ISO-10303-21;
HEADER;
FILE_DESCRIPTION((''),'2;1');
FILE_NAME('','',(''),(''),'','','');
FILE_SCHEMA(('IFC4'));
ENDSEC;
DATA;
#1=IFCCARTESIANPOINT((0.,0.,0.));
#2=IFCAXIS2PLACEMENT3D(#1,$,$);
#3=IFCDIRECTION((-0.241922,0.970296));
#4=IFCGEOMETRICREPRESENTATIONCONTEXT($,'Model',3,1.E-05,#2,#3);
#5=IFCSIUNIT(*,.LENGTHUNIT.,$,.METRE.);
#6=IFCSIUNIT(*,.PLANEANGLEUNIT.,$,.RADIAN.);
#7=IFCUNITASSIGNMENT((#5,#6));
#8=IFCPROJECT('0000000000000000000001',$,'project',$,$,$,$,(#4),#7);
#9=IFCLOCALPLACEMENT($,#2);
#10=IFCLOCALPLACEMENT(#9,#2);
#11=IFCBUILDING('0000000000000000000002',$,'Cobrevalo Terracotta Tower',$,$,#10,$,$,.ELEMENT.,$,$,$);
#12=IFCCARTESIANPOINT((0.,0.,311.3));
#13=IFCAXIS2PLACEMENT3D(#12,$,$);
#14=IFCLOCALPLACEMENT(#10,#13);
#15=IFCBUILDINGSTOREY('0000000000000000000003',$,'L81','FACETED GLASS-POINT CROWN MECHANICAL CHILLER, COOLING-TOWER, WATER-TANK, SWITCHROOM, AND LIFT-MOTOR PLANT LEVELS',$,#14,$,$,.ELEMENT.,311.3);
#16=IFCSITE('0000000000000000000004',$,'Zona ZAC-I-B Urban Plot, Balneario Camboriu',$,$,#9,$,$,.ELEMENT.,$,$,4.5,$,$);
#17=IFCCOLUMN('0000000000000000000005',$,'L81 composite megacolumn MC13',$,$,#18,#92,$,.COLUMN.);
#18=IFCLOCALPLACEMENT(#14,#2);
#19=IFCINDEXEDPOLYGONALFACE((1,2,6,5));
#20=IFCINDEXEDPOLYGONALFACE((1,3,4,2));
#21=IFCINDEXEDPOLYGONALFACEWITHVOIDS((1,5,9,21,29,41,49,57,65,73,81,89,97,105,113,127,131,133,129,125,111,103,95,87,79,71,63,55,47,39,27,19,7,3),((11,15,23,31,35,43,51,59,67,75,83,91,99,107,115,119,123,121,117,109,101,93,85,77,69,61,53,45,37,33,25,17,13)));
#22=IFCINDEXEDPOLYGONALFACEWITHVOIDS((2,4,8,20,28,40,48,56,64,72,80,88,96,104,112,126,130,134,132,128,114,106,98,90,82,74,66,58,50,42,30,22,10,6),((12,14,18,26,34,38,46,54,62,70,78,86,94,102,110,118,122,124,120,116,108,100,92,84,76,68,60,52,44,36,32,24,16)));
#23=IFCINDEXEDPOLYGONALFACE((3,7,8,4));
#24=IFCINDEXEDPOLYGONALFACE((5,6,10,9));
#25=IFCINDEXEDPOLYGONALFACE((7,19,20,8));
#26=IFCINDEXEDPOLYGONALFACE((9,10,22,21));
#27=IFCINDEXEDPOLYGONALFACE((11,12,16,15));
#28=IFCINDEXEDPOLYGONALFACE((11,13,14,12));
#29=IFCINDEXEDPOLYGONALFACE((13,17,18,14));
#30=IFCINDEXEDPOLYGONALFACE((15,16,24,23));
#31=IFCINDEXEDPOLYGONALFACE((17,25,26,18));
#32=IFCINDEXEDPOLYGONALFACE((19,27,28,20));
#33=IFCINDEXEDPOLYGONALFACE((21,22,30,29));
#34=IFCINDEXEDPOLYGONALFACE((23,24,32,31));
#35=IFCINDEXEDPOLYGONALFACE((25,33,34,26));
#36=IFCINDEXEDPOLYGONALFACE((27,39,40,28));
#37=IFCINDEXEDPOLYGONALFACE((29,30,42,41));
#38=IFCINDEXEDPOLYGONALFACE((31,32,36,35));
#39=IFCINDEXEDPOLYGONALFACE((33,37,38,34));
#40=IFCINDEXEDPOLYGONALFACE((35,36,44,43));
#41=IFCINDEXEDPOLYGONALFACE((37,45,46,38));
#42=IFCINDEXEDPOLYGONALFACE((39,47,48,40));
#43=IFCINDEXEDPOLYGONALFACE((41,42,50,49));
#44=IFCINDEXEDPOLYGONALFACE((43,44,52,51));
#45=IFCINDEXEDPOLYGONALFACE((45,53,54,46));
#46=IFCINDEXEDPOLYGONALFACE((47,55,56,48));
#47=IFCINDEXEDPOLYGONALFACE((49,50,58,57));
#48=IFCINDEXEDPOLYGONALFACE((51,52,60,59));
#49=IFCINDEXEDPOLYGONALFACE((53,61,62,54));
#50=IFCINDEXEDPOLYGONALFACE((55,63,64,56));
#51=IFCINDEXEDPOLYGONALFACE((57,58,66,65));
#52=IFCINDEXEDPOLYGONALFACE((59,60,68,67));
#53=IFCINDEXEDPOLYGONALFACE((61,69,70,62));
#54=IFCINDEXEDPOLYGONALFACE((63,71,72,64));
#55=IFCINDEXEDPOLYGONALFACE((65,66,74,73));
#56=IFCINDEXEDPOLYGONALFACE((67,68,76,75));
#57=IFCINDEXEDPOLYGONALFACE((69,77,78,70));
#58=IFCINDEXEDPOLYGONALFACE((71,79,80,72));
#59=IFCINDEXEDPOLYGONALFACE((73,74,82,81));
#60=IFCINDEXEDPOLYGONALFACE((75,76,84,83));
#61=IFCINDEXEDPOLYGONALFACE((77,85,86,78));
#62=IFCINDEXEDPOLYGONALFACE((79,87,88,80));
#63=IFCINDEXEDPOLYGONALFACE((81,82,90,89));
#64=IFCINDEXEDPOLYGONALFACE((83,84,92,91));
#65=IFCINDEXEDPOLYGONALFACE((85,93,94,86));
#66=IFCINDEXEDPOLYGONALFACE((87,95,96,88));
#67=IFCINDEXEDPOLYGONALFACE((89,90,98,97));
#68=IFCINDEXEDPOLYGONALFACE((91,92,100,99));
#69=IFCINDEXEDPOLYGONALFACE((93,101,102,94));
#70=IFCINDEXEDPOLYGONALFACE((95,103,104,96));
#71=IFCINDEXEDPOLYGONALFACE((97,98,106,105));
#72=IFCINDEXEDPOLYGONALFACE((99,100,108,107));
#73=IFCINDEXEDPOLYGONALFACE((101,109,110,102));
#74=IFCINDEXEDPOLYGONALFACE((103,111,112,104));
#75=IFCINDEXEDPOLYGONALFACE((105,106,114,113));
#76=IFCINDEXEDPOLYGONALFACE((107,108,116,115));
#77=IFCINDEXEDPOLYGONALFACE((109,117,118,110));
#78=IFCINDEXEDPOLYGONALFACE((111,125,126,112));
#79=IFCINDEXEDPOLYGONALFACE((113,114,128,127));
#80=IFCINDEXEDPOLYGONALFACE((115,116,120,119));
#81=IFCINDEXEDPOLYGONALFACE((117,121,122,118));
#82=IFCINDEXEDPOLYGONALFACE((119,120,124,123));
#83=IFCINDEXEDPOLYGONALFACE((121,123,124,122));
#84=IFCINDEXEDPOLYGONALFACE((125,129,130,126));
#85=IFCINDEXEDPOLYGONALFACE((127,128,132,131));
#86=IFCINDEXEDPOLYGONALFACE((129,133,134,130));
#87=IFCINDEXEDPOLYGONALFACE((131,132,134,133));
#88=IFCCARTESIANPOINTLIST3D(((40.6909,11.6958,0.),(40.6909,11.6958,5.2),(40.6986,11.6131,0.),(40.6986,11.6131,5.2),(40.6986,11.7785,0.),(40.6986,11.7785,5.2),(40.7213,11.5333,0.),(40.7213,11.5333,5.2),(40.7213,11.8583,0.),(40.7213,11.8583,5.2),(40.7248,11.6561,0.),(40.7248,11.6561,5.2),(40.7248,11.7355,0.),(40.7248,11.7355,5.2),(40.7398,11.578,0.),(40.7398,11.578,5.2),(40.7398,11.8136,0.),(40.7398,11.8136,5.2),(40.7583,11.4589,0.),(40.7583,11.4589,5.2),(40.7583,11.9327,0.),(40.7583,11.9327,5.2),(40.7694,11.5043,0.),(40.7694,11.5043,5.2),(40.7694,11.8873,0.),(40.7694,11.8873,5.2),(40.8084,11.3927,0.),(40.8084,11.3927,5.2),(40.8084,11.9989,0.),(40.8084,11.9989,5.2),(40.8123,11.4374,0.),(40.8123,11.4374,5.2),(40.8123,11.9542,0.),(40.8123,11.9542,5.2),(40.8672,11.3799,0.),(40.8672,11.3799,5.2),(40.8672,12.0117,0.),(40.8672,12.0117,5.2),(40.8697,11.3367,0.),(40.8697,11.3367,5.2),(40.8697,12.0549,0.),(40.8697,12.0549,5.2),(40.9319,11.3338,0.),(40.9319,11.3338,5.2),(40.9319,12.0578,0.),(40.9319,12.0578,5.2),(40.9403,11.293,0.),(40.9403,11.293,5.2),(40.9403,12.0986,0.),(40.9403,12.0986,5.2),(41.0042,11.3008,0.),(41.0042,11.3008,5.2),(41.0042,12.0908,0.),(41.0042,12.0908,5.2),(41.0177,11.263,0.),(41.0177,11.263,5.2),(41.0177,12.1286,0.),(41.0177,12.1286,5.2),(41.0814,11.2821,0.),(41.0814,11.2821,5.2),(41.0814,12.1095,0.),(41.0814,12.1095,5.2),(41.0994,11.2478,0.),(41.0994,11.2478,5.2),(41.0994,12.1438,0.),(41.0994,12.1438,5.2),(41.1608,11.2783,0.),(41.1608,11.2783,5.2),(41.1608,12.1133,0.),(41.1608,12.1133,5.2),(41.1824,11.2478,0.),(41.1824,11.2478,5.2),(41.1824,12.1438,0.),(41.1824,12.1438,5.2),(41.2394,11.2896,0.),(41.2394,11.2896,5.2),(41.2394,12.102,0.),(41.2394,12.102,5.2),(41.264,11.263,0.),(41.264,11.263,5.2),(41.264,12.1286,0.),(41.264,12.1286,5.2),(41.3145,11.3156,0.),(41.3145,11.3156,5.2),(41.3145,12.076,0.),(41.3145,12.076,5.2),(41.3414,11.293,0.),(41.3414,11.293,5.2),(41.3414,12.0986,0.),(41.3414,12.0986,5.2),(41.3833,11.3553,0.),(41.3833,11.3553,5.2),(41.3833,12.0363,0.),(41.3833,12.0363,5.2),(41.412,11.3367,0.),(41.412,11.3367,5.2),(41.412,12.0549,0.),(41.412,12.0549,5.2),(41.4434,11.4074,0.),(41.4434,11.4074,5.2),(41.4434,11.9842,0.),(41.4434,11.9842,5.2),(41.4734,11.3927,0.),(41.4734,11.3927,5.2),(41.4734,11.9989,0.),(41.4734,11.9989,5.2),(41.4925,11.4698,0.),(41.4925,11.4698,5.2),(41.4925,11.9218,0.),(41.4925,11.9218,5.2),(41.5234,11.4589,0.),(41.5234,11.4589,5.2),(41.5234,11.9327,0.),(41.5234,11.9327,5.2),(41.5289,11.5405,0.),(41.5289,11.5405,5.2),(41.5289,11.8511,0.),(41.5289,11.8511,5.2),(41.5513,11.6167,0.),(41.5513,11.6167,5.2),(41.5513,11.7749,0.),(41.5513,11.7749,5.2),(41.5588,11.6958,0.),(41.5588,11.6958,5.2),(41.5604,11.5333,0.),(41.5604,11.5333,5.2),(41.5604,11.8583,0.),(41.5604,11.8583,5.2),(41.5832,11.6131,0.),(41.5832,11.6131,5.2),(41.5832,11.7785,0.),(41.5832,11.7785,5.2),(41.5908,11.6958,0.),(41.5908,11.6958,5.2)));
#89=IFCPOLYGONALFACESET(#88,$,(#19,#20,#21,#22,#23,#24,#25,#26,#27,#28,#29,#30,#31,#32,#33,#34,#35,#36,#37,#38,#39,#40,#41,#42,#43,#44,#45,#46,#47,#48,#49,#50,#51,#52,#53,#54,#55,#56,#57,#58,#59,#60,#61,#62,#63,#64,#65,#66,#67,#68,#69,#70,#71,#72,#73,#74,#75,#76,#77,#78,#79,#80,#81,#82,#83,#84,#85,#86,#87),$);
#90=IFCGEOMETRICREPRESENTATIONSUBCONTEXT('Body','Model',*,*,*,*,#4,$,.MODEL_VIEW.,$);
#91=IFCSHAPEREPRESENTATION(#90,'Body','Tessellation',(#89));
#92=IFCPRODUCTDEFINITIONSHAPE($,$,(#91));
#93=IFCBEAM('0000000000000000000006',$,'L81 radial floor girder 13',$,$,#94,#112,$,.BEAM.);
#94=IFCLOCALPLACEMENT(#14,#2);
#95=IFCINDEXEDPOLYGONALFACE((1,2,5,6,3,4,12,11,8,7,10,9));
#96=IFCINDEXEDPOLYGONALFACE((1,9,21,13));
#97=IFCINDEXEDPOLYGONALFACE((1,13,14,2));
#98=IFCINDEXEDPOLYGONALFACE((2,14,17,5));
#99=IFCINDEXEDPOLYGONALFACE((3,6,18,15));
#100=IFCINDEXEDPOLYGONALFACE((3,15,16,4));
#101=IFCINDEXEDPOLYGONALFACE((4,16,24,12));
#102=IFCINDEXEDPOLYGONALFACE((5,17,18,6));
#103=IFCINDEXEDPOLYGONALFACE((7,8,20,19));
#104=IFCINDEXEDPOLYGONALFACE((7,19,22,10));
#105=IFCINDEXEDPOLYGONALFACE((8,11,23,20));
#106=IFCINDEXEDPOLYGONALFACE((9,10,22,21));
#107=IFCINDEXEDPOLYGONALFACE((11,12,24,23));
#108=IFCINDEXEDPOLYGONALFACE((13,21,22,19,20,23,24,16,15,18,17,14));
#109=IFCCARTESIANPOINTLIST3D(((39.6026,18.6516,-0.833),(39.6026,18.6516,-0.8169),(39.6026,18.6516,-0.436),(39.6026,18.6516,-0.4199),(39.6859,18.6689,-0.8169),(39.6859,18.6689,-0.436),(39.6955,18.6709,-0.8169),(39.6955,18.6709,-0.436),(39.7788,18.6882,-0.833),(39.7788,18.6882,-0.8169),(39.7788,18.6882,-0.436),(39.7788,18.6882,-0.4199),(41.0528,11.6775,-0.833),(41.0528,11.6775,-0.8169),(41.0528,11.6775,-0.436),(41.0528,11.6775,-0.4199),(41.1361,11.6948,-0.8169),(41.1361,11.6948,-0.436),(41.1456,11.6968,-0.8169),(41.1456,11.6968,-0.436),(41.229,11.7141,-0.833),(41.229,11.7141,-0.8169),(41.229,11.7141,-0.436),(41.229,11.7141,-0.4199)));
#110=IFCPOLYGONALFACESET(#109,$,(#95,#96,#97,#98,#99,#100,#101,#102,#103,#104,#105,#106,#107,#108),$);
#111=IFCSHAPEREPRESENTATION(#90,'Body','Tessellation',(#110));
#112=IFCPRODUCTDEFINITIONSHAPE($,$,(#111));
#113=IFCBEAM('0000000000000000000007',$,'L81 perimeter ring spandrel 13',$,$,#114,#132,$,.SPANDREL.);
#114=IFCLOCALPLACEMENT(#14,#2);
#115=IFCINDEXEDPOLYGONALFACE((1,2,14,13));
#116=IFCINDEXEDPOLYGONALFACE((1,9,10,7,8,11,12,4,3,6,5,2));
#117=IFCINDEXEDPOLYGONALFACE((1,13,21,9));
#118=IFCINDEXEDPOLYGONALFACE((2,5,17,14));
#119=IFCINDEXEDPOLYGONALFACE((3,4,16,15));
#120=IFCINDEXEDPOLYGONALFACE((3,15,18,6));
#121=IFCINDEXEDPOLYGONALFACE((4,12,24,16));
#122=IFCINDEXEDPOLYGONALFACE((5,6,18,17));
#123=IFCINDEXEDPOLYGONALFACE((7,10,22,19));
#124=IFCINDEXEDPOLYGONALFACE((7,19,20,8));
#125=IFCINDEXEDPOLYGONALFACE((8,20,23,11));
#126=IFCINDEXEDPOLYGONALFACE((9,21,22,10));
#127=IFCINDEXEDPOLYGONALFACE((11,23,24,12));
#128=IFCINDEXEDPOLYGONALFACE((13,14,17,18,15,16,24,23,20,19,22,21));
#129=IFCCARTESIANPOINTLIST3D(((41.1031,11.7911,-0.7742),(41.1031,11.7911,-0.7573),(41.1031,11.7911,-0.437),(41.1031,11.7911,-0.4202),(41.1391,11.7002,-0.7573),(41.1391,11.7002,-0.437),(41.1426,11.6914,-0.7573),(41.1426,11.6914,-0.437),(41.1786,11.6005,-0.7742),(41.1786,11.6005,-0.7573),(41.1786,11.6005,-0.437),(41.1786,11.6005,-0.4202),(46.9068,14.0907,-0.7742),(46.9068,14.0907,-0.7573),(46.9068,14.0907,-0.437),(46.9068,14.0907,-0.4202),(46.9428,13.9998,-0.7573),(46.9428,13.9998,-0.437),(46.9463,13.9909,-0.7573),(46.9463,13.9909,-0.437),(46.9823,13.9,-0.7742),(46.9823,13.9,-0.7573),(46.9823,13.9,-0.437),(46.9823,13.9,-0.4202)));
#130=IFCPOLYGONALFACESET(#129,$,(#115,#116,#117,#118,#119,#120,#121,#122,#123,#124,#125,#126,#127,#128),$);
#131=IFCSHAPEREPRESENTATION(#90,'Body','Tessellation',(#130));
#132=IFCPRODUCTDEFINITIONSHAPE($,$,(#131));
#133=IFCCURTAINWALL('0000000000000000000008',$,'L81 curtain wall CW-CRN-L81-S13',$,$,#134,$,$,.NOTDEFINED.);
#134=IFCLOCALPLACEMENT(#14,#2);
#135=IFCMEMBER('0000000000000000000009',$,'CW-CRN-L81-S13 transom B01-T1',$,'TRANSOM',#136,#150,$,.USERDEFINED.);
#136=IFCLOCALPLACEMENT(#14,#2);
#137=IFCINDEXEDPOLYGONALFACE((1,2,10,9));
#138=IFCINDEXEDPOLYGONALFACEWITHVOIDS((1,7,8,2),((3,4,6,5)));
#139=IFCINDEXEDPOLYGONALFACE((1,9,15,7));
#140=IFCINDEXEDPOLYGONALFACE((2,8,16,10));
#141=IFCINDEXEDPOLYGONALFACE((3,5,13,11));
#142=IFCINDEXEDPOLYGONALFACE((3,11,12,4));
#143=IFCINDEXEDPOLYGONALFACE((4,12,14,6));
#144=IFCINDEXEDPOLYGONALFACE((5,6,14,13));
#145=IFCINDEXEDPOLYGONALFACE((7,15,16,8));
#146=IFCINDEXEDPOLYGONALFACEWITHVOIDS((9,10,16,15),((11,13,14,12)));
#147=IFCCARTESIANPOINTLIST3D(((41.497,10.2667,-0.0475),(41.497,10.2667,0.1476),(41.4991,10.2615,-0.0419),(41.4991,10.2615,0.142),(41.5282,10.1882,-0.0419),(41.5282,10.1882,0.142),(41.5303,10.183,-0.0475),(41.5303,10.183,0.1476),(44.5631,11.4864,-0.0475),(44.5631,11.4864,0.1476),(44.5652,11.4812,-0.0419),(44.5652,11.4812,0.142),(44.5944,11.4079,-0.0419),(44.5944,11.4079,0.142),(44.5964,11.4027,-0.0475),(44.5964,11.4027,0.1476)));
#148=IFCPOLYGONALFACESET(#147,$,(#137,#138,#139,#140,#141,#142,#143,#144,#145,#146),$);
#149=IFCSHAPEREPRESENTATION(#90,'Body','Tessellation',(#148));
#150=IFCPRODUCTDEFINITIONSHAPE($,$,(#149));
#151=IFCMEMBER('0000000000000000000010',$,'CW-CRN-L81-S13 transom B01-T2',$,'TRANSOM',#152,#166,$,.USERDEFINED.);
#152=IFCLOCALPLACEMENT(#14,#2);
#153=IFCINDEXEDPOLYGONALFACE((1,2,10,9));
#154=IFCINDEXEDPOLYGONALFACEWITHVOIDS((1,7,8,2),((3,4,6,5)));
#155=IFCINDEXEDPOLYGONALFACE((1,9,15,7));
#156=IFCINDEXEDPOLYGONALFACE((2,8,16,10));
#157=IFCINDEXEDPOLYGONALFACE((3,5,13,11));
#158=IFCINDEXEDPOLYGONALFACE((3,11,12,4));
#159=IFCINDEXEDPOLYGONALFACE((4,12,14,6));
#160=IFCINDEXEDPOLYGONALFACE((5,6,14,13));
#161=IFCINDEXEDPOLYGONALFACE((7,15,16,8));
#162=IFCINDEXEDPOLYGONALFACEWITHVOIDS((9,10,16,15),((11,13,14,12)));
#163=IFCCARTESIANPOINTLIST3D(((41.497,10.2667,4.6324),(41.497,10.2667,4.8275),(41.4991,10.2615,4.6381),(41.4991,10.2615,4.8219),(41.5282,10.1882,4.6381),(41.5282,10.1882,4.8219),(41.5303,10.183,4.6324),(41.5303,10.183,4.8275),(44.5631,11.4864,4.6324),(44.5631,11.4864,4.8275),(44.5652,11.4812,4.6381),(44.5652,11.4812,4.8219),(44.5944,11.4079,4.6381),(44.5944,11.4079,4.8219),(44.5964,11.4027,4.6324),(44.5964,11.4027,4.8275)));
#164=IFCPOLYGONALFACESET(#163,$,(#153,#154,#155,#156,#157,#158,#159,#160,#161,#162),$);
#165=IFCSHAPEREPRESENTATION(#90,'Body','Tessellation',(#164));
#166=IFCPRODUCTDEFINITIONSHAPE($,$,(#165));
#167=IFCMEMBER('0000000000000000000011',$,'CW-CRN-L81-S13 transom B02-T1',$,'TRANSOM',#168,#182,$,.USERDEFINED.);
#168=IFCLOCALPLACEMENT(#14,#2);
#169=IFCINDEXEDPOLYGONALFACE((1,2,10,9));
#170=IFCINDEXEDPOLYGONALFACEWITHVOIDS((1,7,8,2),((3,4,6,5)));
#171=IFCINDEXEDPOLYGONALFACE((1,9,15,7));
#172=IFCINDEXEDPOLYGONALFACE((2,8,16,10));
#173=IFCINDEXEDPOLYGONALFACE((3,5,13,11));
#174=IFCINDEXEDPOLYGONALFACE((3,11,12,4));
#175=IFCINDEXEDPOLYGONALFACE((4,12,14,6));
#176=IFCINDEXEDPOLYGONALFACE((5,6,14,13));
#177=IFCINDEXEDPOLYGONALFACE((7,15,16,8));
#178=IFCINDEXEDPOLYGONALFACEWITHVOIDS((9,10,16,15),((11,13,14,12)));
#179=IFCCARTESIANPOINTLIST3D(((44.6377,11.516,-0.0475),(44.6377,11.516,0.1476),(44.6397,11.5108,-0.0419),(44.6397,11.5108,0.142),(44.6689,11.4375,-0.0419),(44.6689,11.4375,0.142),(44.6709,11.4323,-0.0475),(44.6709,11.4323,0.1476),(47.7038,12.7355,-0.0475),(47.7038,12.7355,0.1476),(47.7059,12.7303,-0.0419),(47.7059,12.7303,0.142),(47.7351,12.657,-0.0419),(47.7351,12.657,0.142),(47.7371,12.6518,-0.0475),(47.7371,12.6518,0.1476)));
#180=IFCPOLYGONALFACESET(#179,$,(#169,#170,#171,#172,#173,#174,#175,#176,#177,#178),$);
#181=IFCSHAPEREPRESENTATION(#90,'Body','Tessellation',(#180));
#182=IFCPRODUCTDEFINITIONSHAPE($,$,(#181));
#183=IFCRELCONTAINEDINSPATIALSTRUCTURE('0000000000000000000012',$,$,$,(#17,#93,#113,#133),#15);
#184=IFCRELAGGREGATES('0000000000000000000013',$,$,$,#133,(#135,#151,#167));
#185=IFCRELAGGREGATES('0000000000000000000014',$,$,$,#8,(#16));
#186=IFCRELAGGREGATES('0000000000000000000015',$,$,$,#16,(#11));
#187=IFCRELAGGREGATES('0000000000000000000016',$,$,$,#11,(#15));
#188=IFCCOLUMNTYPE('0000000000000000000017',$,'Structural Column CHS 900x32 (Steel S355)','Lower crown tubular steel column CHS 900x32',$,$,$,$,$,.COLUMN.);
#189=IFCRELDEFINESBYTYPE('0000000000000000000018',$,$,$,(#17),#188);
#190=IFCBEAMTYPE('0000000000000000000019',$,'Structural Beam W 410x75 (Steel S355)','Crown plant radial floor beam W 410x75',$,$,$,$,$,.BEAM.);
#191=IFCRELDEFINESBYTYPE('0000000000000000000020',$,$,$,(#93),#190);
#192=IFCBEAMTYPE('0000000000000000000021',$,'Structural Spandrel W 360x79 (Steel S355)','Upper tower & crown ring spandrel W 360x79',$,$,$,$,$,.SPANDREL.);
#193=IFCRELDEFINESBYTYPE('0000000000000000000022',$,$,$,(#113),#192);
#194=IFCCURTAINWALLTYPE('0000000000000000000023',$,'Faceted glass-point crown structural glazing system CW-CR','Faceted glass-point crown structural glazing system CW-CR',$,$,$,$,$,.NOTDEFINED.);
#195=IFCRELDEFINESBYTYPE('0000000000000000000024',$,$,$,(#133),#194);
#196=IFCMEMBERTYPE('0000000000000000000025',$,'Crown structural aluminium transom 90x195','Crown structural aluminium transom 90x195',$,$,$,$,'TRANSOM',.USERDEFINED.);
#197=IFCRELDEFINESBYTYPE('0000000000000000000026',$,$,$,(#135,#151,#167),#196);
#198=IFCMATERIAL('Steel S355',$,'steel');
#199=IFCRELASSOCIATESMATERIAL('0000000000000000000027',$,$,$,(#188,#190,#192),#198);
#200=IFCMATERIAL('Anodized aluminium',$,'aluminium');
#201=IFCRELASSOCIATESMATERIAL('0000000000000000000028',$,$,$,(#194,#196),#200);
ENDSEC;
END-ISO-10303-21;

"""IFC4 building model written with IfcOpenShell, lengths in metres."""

from ifc_helpers import new_model, si_unit, direction, frame, origin, origin_2d, place, context, subcontext, project, spatial, hollow_rectangle, hollow_circle, i_section, extrude, source, transform, mapped, material, material_profile, profile_set, type_object, element, aggregate, save


model = new_model("IFC4")

# Units and contexts
model_context = context("Model", 3, precision=1e-05, world=origin(), true_north=direction((-0.241922, 0.970296)))
body_context = subcontext(model_context, "Body", "Model", "MODEL_VIEW")
ifc_project = project(units=[si_unit("LENGTHUNIT", "METRE"), si_unit("PLANEANGLEUNIT", "RADIAN")], contexts=[model_context])

# Site, building, storey
site_placement = place(None, origin())
site = spatial("IfcSite", under=ifc_project, at=site_placement, Name="Zona ZAC-I-B Urban Plot, Balneario Camboriu", CompositionType="ELEMENT", RefElevation=4.5)
building_placement = place(site_placement, origin())
building = spatial("IfcBuilding", under=site, at=building_placement, Name="Cobrevalo Terracotta Tower", CompositionType="ELEMENT")
storey_placement = place(building_placement, frame((0.0, 0.0, 311.3)))
storey = spatial("IfcBuildingStorey", under=building, at=storey_placement, Name="L81", Description="FACETED GLASS-POINT CROWN MECHANICAL CHILLER, COOLING-TOWER, WATER-TANK, SWITCHROOM, AND LIFT-MOTOR PLANT LEVELS", CompositionType="ELEMENT", Elevation=311.3)

# Column
ifc_material_1 = material(Name="Steel S355", Category="steel")
ifc_material_profile_1 = material_profile(ifc_material_1, hollow_circle(Radius=0.45, WallThickness=0.032, at=origin_2d()), Name="CHS 900x32")
ifc_profile_set_1 = profile_set([ifc_material_profile_1], Name="Steel S355")
column_type = type_object("IfcColumnType", Name="Structural Column CHS 900x32 (Steel S355)", Description="Lower crown tubular steel column CHS 900x32", PredefinedType="COLUMN", material=ifc_profile_set_1)
column_placement = place(storey_placement, frame((41.1409, 11.6958, 0.0), z_axis=(0.0, 0.0, 1.0), x_axis=(1.0, 0.0, 0.0)))
element("IfcColumn", 1, at=column_placement, inside=storey, type_object=column_type, Name="L81 composite megacolumn MC13", PredefinedType="COLUMN", context=body_context, shape_type="SweptSolid", body=[
    extrude(hollow_circle(Radius=0.45, WallThickness=0.032, at=origin_2d()), origin(), (0.0, 0.0, 1.0), 5.2),
])

# Beams
ifc_material_profile_2 = material_profile(ifc_material_1, i_section(OverallWidth=0.1799, OverallDepth=0.4131, WebThickness=0.0098, FlangeThickness=0.0161, at=origin_2d()), Name="W 410x75")
ifc_profile_set_2 = profile_set([ifc_material_profile_2], Name="Steel S355")
beam_type_1 = type_object("IfcBeamType", Name="Structural Beam W 410x75 (Steel S355)", Description="Crown plant radial floor beam W 410x75", PredefinedType="BEAM", material=ifc_profile_set_2)
beam_1_placement = place(storey_placement, frame((41.1409, 11.6958, -0.6265), z_axis=(-0.203585, 0.979057, 0.0), x_axis=(-0.979057, -0.203585, 0.0)))
element("IfcBeam", 2, at=beam_1_placement, inside=storey, type_object=beam_type_1, Name="L81 radial floor girder 13", PredefinedType="BEAM", context=body_context, shape_type="SweptSolid", body=[
    extrude(i_section(OverallWidth=0.1799, OverallDepth=0.4131, WebThickness=0.0098, FlangeThickness=0.0161, at=origin_2d()), origin(), (0.0, 0.0, 1.0), 7.1233),
])
ifc_material_profile_3 = material_profile(ifc_material_1, i_section(OverallWidth=0.2051, OverallDepth=0.354, WebThickness=0.0095, FlangeThickness=0.0168, at=origin_2d()), Name="W 360x79")
ifc_profile_set_3 = profile_set([ifc_material_profile_3], Name="Steel S355")
beam_type_2 = type_object("IfcBeamType", Name="Structural Spandrel W 360x79 (Steel S355)", Description="Upper tower & crown ring spandrel W 360x79", PredefinedType="SPANDREL", material=ifc_profile_set_3)
beam_2_placement = place(storey_placement, frame((41.1409, 11.6958, -0.5972), z_axis=(0.929683, 0.368361, 0.0), x_axis=(-0.368361, 0.929683, 0.0)))
element("IfcBeam", 3, at=beam_2_placement, inside=storey, type_object=beam_type_2, Name="L81 perimeter ring spandrel 13", PredefinedType="SPANDREL", context=body_context, shape_type="SweptSolid", body=[
    extrude(i_section(OverallWidth=0.2051, OverallDepth=0.354, WebThickness=0.0095, FlangeThickness=0.0168, at=origin_2d()), origin(), (0.0, 0.0, 1.0), 6.2427),
])

# Curtain wall, members
ifc_material_2 = material(Name="Anodized aluminium", Category="aluminium")
curtain_wall_type = type_object("IfcCurtainWallType", Name="Faceted glass-point crown structural glazing system CW-CR", Description="Faceted glass-point crown structural glazing system CW-CR", PredefinedType="NOTDEFINED", material=ifc_material_2)
curtain_wall_1_placement = place(storey_placement, origin())
curtain_wall_1 = element("IfcCurtainWall", 4, at=curtain_wall_1_placement, inside=storey, type_object=curtain_wall_type, Name="L81 curtain wall CW-CRN-L81-S13", PredefinedType="NOTDEFINED")
ifc_material_profile_4 = material_profile(ifc_material_2, hollow_rectangle(XDim=0.0901, YDim=0.1951, WallThickness=0.0056, at=origin_2d()), Name="CWT 90x195")
ifc_profile_set_4 = profile_set([ifc_material_profile_4], Name="Anodized aluminium")
member_type_1 = type_object("IfcMemberType", Name="Crown structural aluminium transom 90x195", Description="Crown structural aluminium transom 90x195", ElementType="TRANSOM", PredefinedType="USERDEFINED", material=ifc_profile_set_4)
shared_shape_1 = source(origin(), body_context, "Body", "SweptSolid", [
    extrude(hollow_rectangle(XDim=0.0901, YDim=0.1951, WallThickness=0.0056, at=origin_2d()), origin(), (0.0, 0.0, 1.0), 3.2998),
])
member_1_placement = place(storey_placement, frame((41.5137, 10.2249, 0.05), z_axis=(0.929179, 0.36963, 0.0), x_axis=(-0.36963, 0.929179, 0.0)))
member_1 = element("IfcMember", 5, at=member_1_placement, type_object=member_type_1, Name="CW-CRN-L81-S13 transom B01-T1", ObjectType="TRANSOM", PredefinedType="USERDEFINED", context=body_context, shape_type="MappedRepresentation", body=[
    mapped(shared_shape_1, transform((0.0, 0.0, 0.0), scale=1.0)),
])
member_2_placement = place(storey_placement, frame((41.5137, 10.2249, 4.73), z_axis=(0.929179, 0.36963, 0.0), x_axis=(-0.36963, 0.929179, 0.0)))
member_2 = element("IfcMember", 6, at=member_2_placement, type_object=member_type_1, Name="CW-CRN-L81-S13 transom B01-T2", ObjectType="TRANSOM", PredefinedType="USERDEFINED", context=body_context, shape_type="MappedRepresentation", body=[
    mapped(shared_shape_1, transform((0.0, 0.0, 0.0), scale=1.0)),
])
member_3_placement = place(storey_placement, frame((44.6543, 11.4741, 0.05), z_axis=(0.929205, 0.369566, 0.0), x_axis=(-0.369566, 0.929205, 0.0)))
member_3 = element("IfcMember", 7, at=member_3_placement, type_object=member_type_1, Name="CW-CRN-L81-S13 transom B02-T1", ObjectType="TRANSOM", PredefinedType="USERDEFINED", context=body_context, shape_type="MappedRepresentation", body=[
    mapped(shared_shape_1, transform((0.0, 0.0, 0.0), scale=1.0)),
])

aggregate(curtain_wall_1, [member_1, member_2, member_3])

save(model, "model.ifc")
